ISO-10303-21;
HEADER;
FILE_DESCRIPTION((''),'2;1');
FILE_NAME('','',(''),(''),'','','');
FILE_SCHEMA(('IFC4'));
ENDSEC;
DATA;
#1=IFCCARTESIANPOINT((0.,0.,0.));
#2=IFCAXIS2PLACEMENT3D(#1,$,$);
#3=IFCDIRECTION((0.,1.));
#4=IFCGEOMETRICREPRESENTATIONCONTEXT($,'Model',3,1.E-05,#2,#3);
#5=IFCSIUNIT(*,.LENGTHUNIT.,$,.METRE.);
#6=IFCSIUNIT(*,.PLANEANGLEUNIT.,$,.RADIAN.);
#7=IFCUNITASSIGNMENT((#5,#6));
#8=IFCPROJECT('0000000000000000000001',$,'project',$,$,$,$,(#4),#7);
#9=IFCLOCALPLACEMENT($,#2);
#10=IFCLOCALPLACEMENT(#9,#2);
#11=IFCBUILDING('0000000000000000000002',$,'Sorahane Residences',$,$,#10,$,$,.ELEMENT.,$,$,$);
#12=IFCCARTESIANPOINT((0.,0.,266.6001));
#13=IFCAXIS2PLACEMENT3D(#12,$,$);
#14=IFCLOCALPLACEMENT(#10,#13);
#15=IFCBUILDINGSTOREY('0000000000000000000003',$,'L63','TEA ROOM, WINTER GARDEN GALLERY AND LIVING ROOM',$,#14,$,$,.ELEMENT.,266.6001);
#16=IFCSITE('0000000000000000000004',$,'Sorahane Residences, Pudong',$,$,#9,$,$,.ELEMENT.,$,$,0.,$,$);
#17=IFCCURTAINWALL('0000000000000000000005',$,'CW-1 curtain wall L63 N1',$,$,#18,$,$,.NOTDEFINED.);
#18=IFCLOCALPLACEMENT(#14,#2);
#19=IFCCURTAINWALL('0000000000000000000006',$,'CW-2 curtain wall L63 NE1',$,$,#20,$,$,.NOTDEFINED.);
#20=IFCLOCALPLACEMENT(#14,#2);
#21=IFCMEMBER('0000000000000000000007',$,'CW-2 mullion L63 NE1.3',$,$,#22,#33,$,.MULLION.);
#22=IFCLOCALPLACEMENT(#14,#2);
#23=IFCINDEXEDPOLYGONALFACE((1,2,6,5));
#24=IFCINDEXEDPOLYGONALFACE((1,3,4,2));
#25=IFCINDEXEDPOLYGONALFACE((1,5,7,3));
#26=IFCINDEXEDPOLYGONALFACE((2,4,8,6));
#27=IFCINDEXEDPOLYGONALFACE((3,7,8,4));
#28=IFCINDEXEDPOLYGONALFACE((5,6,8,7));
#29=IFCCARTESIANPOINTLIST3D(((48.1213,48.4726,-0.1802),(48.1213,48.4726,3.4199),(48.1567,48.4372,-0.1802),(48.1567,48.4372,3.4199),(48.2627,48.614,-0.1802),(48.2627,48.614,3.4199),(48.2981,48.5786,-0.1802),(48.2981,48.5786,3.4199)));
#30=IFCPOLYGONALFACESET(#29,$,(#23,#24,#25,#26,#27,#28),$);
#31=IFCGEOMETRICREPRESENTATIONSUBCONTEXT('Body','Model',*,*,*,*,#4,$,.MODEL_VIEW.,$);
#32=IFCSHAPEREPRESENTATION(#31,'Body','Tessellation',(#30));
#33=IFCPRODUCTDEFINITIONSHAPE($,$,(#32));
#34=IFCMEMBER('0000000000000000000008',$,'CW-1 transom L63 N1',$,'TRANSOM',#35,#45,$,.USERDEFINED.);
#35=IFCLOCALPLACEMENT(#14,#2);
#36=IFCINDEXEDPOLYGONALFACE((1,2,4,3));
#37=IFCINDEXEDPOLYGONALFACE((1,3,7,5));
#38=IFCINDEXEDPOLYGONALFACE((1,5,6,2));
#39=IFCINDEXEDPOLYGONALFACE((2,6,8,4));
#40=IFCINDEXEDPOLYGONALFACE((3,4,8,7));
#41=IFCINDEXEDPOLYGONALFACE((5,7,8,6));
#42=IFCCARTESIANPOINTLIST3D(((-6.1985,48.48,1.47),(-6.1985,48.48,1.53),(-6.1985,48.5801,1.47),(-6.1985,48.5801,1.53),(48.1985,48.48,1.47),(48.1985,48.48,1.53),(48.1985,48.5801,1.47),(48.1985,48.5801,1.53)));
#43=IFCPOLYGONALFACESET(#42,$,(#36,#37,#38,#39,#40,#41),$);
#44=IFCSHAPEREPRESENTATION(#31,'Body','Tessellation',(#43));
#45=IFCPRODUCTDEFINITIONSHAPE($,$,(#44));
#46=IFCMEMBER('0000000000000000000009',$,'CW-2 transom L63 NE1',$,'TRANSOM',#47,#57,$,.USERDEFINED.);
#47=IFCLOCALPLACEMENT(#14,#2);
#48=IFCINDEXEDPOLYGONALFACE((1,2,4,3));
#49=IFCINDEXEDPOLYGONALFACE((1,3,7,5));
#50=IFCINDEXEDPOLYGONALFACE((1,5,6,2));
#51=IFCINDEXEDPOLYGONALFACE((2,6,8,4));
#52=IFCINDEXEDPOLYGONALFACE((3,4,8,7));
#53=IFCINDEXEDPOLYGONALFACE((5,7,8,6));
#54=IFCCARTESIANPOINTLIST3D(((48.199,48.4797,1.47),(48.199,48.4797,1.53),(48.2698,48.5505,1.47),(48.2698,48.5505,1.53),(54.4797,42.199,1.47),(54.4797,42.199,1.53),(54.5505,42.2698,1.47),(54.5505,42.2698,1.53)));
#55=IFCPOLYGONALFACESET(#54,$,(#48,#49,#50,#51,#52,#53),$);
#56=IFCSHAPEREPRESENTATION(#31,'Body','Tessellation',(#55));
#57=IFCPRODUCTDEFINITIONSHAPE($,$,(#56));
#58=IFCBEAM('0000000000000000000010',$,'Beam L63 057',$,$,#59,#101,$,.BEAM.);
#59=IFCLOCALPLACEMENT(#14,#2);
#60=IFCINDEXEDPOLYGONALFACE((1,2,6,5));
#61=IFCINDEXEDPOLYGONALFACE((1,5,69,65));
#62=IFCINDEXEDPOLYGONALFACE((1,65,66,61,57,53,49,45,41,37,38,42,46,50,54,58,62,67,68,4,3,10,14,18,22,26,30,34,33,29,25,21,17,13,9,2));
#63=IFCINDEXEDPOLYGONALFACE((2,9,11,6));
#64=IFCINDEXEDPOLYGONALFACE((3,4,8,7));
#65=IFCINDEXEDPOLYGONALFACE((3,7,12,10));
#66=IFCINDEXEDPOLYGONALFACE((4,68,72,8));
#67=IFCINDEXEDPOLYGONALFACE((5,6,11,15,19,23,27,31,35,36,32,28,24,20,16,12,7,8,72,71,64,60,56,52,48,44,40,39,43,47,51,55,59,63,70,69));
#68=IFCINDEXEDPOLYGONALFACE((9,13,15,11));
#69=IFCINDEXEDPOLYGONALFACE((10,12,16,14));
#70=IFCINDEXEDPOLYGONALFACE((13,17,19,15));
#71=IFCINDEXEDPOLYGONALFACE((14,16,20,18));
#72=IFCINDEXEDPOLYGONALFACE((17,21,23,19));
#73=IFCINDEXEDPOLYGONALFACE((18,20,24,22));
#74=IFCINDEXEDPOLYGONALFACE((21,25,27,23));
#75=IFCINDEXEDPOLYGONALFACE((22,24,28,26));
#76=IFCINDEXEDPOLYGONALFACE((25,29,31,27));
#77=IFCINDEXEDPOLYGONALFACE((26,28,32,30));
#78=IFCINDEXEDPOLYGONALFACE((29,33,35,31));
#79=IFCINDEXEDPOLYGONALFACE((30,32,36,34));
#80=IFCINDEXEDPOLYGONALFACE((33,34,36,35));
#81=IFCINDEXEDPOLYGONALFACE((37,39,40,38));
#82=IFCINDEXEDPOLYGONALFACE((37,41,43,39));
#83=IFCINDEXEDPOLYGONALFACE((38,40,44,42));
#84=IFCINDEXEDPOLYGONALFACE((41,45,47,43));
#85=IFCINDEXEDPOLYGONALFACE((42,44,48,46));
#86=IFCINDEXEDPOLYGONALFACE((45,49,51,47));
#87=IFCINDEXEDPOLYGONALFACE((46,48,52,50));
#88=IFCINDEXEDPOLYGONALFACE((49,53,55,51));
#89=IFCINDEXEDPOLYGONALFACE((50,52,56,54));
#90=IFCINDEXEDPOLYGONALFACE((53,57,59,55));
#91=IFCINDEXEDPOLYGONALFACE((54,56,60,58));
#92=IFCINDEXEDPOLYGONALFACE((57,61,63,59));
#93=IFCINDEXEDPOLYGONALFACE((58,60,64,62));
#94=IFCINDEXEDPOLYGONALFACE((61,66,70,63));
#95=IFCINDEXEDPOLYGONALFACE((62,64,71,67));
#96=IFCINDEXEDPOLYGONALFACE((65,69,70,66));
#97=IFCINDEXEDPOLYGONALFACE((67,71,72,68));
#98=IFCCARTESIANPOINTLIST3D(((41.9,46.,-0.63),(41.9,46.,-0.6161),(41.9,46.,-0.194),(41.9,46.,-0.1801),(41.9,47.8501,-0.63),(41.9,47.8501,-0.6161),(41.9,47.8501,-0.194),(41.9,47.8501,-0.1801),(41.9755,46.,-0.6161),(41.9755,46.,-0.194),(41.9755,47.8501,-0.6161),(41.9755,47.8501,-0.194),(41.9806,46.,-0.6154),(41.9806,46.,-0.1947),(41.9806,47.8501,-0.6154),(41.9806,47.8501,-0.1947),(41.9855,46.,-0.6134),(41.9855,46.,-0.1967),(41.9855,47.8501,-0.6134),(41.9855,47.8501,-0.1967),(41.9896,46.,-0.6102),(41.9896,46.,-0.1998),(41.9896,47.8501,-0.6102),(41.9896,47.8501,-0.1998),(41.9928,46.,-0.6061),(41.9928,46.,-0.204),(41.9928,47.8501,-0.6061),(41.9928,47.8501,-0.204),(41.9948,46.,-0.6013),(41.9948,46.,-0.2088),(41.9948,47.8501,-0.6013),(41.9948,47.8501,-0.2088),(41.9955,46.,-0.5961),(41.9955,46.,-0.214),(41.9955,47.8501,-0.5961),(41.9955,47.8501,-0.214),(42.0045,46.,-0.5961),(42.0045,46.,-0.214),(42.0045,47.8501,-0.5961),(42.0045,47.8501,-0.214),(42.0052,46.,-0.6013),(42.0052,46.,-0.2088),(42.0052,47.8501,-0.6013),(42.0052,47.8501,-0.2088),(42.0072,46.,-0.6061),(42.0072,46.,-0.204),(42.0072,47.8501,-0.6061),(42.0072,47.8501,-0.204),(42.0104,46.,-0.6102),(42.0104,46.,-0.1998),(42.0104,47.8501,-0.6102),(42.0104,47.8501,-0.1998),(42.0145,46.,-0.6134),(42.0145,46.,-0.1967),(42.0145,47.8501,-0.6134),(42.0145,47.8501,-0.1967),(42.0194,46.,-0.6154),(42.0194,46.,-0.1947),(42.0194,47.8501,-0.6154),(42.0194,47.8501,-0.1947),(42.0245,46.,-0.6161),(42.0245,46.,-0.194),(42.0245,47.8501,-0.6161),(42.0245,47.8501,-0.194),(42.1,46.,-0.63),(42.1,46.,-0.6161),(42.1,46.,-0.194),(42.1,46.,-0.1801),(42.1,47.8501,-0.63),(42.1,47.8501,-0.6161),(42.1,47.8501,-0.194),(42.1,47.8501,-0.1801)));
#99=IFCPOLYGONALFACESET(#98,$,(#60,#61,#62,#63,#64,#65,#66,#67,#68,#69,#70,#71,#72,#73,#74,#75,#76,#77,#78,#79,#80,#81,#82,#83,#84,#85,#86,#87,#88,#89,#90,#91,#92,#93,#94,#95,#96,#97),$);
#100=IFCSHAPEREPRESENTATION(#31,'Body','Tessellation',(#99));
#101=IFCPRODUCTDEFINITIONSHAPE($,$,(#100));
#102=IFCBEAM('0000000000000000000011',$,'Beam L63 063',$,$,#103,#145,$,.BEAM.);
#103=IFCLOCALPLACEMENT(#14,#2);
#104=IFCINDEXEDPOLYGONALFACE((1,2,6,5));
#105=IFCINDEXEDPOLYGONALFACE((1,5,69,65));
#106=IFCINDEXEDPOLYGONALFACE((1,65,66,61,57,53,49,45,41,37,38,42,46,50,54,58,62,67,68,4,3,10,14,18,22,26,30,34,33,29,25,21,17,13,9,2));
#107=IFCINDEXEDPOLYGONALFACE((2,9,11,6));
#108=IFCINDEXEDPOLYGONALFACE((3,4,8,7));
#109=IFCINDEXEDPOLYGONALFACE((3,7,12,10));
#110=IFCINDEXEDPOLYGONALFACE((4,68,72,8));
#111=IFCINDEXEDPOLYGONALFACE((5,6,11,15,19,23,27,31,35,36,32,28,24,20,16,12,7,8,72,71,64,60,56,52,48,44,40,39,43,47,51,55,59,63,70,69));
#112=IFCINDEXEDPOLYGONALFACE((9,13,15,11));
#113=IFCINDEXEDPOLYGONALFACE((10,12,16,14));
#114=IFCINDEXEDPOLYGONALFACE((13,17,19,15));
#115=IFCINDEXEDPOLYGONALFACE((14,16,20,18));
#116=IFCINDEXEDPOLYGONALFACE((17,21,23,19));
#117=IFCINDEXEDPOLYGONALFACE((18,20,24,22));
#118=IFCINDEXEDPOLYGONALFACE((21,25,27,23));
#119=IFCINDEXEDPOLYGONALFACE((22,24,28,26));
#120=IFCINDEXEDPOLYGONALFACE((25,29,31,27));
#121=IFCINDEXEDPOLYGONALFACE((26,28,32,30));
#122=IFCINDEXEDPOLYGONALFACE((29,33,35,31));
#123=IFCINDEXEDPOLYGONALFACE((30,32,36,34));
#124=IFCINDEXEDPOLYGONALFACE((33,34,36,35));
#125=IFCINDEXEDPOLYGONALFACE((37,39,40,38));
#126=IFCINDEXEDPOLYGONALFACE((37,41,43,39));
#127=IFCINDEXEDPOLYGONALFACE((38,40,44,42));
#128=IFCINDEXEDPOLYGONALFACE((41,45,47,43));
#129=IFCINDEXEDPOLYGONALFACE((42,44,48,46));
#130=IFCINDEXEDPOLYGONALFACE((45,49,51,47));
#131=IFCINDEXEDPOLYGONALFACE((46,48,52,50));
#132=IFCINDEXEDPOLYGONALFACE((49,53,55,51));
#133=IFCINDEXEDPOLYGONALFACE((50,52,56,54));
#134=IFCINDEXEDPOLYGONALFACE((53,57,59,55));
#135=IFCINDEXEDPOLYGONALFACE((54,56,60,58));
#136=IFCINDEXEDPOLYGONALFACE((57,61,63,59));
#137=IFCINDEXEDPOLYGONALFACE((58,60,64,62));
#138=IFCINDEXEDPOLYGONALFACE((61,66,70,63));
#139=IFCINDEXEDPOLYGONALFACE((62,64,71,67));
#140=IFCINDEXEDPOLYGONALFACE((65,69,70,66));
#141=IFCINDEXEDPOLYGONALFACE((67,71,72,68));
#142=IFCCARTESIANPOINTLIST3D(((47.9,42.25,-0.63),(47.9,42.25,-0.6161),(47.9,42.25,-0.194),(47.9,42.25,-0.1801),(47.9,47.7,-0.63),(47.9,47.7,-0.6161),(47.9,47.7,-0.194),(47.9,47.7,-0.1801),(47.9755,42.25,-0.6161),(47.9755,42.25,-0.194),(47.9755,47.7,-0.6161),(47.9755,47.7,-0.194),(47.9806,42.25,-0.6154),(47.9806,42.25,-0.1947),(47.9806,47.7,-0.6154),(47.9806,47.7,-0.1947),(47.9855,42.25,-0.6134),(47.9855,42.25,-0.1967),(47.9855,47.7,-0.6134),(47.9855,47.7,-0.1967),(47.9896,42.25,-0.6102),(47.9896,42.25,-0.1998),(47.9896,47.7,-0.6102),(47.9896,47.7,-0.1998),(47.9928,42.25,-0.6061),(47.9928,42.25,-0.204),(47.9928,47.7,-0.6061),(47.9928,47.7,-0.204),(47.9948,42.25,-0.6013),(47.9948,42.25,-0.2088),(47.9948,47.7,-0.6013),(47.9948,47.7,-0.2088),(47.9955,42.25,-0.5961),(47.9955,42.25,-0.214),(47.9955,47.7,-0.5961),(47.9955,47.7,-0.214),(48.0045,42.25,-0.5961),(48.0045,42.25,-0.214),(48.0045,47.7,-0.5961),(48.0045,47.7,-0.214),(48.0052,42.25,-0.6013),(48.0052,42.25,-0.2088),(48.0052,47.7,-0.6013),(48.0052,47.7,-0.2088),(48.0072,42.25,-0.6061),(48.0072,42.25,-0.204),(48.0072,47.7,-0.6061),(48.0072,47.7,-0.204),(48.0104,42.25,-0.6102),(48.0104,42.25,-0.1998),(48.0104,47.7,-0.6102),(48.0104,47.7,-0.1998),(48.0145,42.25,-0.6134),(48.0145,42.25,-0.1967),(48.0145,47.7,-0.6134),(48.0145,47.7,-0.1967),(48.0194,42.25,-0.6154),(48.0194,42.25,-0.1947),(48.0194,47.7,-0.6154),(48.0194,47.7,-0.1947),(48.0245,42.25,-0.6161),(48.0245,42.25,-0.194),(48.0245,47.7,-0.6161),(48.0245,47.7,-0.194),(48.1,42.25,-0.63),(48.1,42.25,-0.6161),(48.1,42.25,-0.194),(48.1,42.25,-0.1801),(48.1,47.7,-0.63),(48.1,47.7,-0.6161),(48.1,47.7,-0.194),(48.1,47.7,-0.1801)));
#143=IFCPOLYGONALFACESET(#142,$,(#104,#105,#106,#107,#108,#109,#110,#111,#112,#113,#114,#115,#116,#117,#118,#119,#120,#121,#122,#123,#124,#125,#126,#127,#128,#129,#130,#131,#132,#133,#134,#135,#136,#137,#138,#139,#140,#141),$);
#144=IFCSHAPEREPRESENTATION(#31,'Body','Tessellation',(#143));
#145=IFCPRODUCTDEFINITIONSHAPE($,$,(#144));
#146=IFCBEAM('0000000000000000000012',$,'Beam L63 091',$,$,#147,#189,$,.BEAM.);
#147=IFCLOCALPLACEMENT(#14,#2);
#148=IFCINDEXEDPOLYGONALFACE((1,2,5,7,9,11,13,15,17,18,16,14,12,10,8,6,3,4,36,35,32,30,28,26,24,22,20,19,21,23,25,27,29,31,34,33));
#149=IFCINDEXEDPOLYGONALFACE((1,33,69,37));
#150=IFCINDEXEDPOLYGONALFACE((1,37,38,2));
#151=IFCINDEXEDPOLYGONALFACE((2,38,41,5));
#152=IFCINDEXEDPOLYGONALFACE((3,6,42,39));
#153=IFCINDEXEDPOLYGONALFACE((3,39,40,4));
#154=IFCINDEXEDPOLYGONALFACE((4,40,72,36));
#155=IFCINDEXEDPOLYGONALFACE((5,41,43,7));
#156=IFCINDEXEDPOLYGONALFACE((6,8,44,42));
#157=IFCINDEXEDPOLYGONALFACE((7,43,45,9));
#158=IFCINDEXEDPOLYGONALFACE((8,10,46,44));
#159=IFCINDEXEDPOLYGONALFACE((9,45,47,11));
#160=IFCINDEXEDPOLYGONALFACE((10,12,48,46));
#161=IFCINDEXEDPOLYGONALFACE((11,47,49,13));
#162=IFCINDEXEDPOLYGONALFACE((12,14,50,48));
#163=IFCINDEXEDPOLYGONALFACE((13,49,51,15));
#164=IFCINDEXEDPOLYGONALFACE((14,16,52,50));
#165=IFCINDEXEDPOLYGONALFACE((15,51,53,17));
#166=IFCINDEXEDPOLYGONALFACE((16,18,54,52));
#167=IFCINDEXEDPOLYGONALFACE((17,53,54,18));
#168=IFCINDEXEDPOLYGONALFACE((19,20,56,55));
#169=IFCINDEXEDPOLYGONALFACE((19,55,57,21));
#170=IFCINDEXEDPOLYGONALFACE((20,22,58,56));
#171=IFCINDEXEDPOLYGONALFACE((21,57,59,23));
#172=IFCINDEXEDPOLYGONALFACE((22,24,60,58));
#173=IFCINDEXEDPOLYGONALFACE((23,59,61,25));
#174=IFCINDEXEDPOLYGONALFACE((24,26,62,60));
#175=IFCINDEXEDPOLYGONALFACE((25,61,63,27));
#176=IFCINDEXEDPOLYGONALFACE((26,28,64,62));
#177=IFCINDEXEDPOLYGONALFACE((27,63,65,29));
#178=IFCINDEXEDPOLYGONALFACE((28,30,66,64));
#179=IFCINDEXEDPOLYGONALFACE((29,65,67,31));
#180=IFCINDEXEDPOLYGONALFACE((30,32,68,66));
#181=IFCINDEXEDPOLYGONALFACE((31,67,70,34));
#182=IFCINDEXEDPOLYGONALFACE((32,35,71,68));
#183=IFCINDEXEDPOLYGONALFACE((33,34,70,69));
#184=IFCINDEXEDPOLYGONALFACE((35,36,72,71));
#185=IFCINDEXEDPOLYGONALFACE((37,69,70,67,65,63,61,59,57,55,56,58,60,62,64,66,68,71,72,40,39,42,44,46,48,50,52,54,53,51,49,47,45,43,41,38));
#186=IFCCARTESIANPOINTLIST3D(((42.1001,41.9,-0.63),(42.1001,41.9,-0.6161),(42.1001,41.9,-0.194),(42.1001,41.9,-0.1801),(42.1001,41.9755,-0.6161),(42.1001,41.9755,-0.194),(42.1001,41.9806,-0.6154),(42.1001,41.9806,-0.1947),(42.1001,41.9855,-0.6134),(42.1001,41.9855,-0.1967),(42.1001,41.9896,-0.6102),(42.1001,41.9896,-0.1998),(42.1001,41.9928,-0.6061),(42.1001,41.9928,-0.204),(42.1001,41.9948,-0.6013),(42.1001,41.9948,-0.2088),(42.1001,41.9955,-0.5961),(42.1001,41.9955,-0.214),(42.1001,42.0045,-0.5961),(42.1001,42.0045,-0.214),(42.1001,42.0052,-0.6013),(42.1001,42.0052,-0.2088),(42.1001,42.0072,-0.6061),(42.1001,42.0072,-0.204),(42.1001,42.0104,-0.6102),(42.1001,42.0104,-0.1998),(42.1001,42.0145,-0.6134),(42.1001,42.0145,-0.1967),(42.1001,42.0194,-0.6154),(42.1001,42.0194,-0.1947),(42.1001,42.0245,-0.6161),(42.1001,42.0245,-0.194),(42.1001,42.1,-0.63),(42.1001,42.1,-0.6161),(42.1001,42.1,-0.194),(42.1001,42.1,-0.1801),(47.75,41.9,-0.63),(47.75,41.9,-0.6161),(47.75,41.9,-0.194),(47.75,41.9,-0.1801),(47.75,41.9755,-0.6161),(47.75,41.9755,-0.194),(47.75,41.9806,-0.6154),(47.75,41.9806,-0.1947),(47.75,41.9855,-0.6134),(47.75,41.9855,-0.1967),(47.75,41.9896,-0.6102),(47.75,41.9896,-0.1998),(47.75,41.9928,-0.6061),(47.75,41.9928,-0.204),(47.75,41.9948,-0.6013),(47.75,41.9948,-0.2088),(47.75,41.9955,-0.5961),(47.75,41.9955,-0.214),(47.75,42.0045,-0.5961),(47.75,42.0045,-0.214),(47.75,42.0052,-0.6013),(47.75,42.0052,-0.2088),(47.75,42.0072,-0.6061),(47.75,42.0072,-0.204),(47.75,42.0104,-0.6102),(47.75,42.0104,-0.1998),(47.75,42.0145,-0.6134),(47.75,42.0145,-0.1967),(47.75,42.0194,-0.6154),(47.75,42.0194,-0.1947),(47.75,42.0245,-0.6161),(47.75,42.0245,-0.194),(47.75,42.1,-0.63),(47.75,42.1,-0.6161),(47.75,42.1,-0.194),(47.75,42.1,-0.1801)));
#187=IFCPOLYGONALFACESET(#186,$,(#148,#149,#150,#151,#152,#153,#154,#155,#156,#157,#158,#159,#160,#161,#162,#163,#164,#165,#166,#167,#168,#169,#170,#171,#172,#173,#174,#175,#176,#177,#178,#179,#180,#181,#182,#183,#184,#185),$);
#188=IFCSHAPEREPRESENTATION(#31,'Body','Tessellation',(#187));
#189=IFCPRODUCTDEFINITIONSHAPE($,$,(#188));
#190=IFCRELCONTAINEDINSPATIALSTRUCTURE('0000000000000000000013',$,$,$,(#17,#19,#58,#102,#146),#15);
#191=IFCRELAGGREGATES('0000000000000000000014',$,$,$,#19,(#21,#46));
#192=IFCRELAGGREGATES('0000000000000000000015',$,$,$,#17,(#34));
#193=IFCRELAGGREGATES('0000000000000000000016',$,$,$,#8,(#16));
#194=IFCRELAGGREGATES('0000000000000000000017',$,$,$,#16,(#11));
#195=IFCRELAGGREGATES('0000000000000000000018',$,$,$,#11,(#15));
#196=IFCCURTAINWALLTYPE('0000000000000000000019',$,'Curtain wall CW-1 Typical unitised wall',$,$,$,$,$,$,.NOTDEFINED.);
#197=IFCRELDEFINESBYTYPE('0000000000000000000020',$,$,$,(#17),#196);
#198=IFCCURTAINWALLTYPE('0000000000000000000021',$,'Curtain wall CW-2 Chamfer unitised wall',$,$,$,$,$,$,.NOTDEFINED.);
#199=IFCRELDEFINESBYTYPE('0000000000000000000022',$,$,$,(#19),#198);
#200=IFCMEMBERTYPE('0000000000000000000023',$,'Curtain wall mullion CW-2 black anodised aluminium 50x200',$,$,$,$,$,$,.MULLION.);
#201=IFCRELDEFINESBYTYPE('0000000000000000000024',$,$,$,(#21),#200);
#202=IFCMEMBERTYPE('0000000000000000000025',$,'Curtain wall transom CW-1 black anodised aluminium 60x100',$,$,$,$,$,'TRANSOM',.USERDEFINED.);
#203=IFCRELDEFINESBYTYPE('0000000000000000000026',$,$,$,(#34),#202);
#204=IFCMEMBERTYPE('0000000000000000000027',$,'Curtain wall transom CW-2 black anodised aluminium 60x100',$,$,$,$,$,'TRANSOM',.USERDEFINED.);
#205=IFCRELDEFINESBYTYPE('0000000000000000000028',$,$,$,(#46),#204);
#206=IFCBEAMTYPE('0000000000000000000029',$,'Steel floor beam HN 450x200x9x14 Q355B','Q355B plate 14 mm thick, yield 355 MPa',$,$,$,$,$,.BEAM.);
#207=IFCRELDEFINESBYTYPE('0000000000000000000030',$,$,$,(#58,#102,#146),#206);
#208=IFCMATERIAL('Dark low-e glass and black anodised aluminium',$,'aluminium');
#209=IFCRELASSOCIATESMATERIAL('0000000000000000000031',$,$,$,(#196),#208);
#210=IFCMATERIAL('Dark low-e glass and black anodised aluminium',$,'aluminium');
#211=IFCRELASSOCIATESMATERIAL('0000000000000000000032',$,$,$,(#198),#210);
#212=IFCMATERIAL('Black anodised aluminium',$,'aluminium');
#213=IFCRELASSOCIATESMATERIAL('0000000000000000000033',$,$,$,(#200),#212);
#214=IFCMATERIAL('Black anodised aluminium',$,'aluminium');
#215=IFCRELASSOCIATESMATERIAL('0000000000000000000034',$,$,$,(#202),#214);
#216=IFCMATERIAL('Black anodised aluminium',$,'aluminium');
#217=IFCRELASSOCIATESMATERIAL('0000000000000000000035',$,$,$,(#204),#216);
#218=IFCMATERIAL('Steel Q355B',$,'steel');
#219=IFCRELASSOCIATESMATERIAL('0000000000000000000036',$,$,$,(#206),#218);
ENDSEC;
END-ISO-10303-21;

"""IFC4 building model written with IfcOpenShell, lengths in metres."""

from ifc_helpers import new_model, si_unit, direction, frame, origin, origin_2d, place, context, subcontext, project, spatial, rectangle, i_section, extrude, material, material_profile, profile_set, type_object, element, aggregate, save


model = new_model("IFC4")

# Units and contexts
model_context = context("Model", 3, precision=1e-05, world=origin(), true_north=direction((0.0, 1.0)))
body_context = subcontext(model_context, "Body", "Model", "MODEL_VIEW")
ifc_project = project(units=[si_unit("LENGTHUNIT", "METRE"), si_unit("PLANEANGLEUNIT", "RADIAN")], contexts=[model_context])

# Site, building, storey
site_placement = place(None, origin())
site = spatial("IfcSite", under=ifc_project, at=site_placement, Name="Sorahane Residences, Pudong", CompositionType="ELEMENT", RefElevation=0.0)
building_placement = place(site_placement, origin())
building = spatial("IfcBuilding", under=site, at=building_placement, Name="Sorahane Residences", CompositionType="ELEMENT")
storey_placement = place(building_placement, frame((0.0, 0.0, 266.6001)))
storey = spatial("IfcBuildingStorey", under=building, at=storey_placement, Name="L63", Description="TEA ROOM, WINTER GARDEN GALLERY AND LIVING ROOM", CompositionType="ELEMENT", Elevation=266.6001)

# Curtain wall
ifc_material_1 = material(Name="Dark low-e glass and black anodised aluminium", Category="aluminium")
curtain_wall_type_1 = type_object("IfcCurtainWallType", Name="Curtain wall CW-1 Typical unitised wall", PredefinedType="NOTDEFINED", material=ifc_material_1)
curtain_wall_1_placement = place(storey_placement, origin())
curtain_wall_1 = element("IfcCurtainWall", 1, at=curtain_wall_1_placement, inside=storey, type_object=curtain_wall_type_1, Name="CW-1 curtain wall L63 N1", PredefinedType="NOTDEFINED")

# Curtain wall, member
ifc_material_2 = material(Name="Dark low-e glass and black anodised aluminium", Category="aluminium")
curtain_wall_type_2 = type_object("IfcCurtainWallType", Name="Curtain wall CW-2 Chamfer unitised wall", PredefinedType="NOTDEFINED", material=ifc_material_2)
curtain_wall_2_placement = place(storey_placement, origin())
curtain_wall_2 = element("IfcCurtainWall", 2, at=curtain_wall_2_placement, inside=storey, type_object=curtain_wall_type_2, Name="CW-2 curtain wall L63 NE1", PredefinedType="NOTDEFINED")
ifc_material_3 = material(Name="Black anodised aluminium", Category="aluminium")
ifc_material_profile_1 = material_profile(ifc_material_3, rectangle(XDim=0.2, YDim=0.05, at=origin_2d()), Name="Curtain wall mullion CW-2 black anodised aluminium 50x200")
ifc_profile_set_1 = profile_set([ifc_material_profile_1], Name="Black anodised aluminium")
member_type_1 = type_object("IfcMemberType", Name="Curtain wall mullion CW-2 black anodised aluminium 50x200", PredefinedType="MULLION", material=ifc_profile_set_1)
member_1_placement = place(storey_placement, frame((48.2097, 48.5256, -0.1802), z_axis=(0.0, 0.0, 1.0), x_axis=(0.707107, 0.707107, 0.0)))
member_1 = element("IfcMember", 3, at=member_1_placement, type_object=member_type_1, Name="CW-2 mullion L63 NE1.3", PredefinedType="MULLION", context=body_context, shape_type="SweptSolid", body=[
    extrude(rectangle(XDim=0.2, YDim=0.05, at=origin_2d()), origin(), (0.0, 0.0, 1.0), 3.6001),
])

# Members
ifc_material_4 = material(Name="Black anodised aluminium", Category="aluminium")
ifc_material_profile_2 = material_profile(ifc_material_4, rectangle(XDim=0.1001, YDim=0.0601, at=origin_2d()), Name="Curtain wall transom CW-1 black anodised aluminium 60x100")
ifc_profile_set_2 = profile_set([ifc_material_profile_2], Name="Black anodised aluminium")
member_type_2 = type_object("IfcMemberType", Name="Curtain wall transom CW-1 black anodised aluminium 60x100", ElementType="TRANSOM", PredefinedType="USERDEFINED", material=ifc_profile_set_2)
member_2_placement = place(storey_placement, frame((48.1985, 48.53, 1.5), z_axis=(-1.0, 0.0, 0.0), x_axis=(0.0, -1.0, 0.0)))
member_2 = element("IfcMember", 4, at=member_2_placement, type_object=member_type_2, Name="CW-1 transom L63 N1", ObjectType="TRANSOM", PredefinedType="USERDEFINED", context=body_context, shape_type="SweptSolid", body=[
    extrude(rectangle(XDim=0.1001, YDim=0.0601, at=origin_2d()), origin(), (0.0, 0.0, 1.0), 54.397),
])
ifc_material_5 = material(Name="Black anodised aluminium", Category="aluminium")
ifc_material_profile_3 = material_profile(ifc_material_5, rectangle(XDim=0.1001, YDim=0.0601, at=origin_2d()), Name="Curtain wall transom CW-2 black anodised aluminium 60x100")
ifc_profile_set_3 = profile_set([ifc_material_profile_3], Name="Black anodised aluminium")
member_type_3 = type_object("IfcMemberType", Name="Curtain wall transom CW-2 black anodised aluminium 60x100", ElementType="TRANSOM", PredefinedType="USERDEFINED", material=ifc_profile_set_3)
member_3_placement = place(storey_placement, frame((54.5151, 42.2344, 1.5), z_axis=(-0.707107, 0.707107, 0.0), x_axis=(-0.707107, -0.707107, 0.0)))
member_3 = element("IfcMember", 5, at=member_3_placement, type_object=member_type_3, Name="CW-2 transom L63 NE1", ObjectType="TRANSOM", PredefinedType="USERDEFINED", context=body_context, shape_type="SweptSolid", body=[
    extrude(rectangle(XDim=0.1001, YDim=0.0601, at=origin_2d()), origin(), (0.0, 0.0, 1.0), 8.8823),
])

# Beams
ifc_material_6 = material(Name="Steel Q355B", Category="steel")
ifc_material_profile_4 = material_profile(ifc_material_6, i_section(OverallWidth=0.2, OverallDepth=0.45, WebThickness=0.009, FlangeThickness=0.0139, FilletRadius=0.02, at=origin_2d()), Name="HN 450x200x9x14")
ifc_profile_set_4 = profile_set([ifc_material_profile_4], Name="Steel Q355B")
beam_type_1 = type_object("IfcBeamType", Name="Steel floor beam HN 450x200x9x14 Q355B", Description="Q355B plate 14 mm thick, yield 355 MPa", PredefinedType="BEAM", material=ifc_profile_set_4)
beam_1_placement = place(storey_placement, frame((42.0, 46.0, -0.405), z_axis=(0.0, 1.0, 0.0), x_axis=(-1.0, 0.0, 0.0)))
element("IfcBeam", 6, at=beam_1_placement, inside=storey, type_object=beam_type_1, Name="Beam L63 057", PredefinedType="BEAM", context=body_context, shape_type="SweptSolid", body=[
    extrude(i_section(OverallWidth=0.2, OverallDepth=0.45, WebThickness=0.009, FlangeThickness=0.0139, FilletRadius=0.02, at=origin_2d()), origin(), (0.0, 0.0, 1.0), 1.8501),
])
beam_2_placement = place(storey_placement, frame((48.0, 42.25, -0.405), z_axis=(0.0, 1.0, 0.0), x_axis=(-1.0, 0.0, 0.0)))
element("IfcBeam", 7, at=beam_2_placement, inside=storey, type_object=beam_type_1, Name="Beam L63 063", PredefinedType="BEAM", context=body_context, shape_type="SweptSolid", body=[
    extrude(i_section(OverallWidth=0.2, OverallDepth=0.45, WebThickness=0.009, FlangeThickness=0.0139, FilletRadius=0.02, at=origin_2d()), origin(), (0.0, 0.0, 1.0), 5.45),
])
beam_3_placement = place(storey_placement, frame((42.1001, 42.0, -0.405), z_axis=(1.0, 0.0, 0.0), x_axis=(0.0, 1.0, 0.0)))
element("IfcBeam", 8, at=beam_3_placement, inside=storey, type_object=beam_type_1, Name="Beam L63 091", PredefinedType="BEAM", context=body_context, shape_type="SweptSolid", body=[
    extrude(i_section(OverallWidth=0.2, OverallDepth=0.45, WebThickness=0.009, FlangeThickness=0.0139, FilletRadius=0.02, at=origin_2d()), origin(), (0.0, 0.0, 1.0), 5.6499),
])

aggregate(curtain_wall_2, [member_1, member_3])
aggregate(curtain_wall_1, [member_2])

save(model, "model.ifc")
